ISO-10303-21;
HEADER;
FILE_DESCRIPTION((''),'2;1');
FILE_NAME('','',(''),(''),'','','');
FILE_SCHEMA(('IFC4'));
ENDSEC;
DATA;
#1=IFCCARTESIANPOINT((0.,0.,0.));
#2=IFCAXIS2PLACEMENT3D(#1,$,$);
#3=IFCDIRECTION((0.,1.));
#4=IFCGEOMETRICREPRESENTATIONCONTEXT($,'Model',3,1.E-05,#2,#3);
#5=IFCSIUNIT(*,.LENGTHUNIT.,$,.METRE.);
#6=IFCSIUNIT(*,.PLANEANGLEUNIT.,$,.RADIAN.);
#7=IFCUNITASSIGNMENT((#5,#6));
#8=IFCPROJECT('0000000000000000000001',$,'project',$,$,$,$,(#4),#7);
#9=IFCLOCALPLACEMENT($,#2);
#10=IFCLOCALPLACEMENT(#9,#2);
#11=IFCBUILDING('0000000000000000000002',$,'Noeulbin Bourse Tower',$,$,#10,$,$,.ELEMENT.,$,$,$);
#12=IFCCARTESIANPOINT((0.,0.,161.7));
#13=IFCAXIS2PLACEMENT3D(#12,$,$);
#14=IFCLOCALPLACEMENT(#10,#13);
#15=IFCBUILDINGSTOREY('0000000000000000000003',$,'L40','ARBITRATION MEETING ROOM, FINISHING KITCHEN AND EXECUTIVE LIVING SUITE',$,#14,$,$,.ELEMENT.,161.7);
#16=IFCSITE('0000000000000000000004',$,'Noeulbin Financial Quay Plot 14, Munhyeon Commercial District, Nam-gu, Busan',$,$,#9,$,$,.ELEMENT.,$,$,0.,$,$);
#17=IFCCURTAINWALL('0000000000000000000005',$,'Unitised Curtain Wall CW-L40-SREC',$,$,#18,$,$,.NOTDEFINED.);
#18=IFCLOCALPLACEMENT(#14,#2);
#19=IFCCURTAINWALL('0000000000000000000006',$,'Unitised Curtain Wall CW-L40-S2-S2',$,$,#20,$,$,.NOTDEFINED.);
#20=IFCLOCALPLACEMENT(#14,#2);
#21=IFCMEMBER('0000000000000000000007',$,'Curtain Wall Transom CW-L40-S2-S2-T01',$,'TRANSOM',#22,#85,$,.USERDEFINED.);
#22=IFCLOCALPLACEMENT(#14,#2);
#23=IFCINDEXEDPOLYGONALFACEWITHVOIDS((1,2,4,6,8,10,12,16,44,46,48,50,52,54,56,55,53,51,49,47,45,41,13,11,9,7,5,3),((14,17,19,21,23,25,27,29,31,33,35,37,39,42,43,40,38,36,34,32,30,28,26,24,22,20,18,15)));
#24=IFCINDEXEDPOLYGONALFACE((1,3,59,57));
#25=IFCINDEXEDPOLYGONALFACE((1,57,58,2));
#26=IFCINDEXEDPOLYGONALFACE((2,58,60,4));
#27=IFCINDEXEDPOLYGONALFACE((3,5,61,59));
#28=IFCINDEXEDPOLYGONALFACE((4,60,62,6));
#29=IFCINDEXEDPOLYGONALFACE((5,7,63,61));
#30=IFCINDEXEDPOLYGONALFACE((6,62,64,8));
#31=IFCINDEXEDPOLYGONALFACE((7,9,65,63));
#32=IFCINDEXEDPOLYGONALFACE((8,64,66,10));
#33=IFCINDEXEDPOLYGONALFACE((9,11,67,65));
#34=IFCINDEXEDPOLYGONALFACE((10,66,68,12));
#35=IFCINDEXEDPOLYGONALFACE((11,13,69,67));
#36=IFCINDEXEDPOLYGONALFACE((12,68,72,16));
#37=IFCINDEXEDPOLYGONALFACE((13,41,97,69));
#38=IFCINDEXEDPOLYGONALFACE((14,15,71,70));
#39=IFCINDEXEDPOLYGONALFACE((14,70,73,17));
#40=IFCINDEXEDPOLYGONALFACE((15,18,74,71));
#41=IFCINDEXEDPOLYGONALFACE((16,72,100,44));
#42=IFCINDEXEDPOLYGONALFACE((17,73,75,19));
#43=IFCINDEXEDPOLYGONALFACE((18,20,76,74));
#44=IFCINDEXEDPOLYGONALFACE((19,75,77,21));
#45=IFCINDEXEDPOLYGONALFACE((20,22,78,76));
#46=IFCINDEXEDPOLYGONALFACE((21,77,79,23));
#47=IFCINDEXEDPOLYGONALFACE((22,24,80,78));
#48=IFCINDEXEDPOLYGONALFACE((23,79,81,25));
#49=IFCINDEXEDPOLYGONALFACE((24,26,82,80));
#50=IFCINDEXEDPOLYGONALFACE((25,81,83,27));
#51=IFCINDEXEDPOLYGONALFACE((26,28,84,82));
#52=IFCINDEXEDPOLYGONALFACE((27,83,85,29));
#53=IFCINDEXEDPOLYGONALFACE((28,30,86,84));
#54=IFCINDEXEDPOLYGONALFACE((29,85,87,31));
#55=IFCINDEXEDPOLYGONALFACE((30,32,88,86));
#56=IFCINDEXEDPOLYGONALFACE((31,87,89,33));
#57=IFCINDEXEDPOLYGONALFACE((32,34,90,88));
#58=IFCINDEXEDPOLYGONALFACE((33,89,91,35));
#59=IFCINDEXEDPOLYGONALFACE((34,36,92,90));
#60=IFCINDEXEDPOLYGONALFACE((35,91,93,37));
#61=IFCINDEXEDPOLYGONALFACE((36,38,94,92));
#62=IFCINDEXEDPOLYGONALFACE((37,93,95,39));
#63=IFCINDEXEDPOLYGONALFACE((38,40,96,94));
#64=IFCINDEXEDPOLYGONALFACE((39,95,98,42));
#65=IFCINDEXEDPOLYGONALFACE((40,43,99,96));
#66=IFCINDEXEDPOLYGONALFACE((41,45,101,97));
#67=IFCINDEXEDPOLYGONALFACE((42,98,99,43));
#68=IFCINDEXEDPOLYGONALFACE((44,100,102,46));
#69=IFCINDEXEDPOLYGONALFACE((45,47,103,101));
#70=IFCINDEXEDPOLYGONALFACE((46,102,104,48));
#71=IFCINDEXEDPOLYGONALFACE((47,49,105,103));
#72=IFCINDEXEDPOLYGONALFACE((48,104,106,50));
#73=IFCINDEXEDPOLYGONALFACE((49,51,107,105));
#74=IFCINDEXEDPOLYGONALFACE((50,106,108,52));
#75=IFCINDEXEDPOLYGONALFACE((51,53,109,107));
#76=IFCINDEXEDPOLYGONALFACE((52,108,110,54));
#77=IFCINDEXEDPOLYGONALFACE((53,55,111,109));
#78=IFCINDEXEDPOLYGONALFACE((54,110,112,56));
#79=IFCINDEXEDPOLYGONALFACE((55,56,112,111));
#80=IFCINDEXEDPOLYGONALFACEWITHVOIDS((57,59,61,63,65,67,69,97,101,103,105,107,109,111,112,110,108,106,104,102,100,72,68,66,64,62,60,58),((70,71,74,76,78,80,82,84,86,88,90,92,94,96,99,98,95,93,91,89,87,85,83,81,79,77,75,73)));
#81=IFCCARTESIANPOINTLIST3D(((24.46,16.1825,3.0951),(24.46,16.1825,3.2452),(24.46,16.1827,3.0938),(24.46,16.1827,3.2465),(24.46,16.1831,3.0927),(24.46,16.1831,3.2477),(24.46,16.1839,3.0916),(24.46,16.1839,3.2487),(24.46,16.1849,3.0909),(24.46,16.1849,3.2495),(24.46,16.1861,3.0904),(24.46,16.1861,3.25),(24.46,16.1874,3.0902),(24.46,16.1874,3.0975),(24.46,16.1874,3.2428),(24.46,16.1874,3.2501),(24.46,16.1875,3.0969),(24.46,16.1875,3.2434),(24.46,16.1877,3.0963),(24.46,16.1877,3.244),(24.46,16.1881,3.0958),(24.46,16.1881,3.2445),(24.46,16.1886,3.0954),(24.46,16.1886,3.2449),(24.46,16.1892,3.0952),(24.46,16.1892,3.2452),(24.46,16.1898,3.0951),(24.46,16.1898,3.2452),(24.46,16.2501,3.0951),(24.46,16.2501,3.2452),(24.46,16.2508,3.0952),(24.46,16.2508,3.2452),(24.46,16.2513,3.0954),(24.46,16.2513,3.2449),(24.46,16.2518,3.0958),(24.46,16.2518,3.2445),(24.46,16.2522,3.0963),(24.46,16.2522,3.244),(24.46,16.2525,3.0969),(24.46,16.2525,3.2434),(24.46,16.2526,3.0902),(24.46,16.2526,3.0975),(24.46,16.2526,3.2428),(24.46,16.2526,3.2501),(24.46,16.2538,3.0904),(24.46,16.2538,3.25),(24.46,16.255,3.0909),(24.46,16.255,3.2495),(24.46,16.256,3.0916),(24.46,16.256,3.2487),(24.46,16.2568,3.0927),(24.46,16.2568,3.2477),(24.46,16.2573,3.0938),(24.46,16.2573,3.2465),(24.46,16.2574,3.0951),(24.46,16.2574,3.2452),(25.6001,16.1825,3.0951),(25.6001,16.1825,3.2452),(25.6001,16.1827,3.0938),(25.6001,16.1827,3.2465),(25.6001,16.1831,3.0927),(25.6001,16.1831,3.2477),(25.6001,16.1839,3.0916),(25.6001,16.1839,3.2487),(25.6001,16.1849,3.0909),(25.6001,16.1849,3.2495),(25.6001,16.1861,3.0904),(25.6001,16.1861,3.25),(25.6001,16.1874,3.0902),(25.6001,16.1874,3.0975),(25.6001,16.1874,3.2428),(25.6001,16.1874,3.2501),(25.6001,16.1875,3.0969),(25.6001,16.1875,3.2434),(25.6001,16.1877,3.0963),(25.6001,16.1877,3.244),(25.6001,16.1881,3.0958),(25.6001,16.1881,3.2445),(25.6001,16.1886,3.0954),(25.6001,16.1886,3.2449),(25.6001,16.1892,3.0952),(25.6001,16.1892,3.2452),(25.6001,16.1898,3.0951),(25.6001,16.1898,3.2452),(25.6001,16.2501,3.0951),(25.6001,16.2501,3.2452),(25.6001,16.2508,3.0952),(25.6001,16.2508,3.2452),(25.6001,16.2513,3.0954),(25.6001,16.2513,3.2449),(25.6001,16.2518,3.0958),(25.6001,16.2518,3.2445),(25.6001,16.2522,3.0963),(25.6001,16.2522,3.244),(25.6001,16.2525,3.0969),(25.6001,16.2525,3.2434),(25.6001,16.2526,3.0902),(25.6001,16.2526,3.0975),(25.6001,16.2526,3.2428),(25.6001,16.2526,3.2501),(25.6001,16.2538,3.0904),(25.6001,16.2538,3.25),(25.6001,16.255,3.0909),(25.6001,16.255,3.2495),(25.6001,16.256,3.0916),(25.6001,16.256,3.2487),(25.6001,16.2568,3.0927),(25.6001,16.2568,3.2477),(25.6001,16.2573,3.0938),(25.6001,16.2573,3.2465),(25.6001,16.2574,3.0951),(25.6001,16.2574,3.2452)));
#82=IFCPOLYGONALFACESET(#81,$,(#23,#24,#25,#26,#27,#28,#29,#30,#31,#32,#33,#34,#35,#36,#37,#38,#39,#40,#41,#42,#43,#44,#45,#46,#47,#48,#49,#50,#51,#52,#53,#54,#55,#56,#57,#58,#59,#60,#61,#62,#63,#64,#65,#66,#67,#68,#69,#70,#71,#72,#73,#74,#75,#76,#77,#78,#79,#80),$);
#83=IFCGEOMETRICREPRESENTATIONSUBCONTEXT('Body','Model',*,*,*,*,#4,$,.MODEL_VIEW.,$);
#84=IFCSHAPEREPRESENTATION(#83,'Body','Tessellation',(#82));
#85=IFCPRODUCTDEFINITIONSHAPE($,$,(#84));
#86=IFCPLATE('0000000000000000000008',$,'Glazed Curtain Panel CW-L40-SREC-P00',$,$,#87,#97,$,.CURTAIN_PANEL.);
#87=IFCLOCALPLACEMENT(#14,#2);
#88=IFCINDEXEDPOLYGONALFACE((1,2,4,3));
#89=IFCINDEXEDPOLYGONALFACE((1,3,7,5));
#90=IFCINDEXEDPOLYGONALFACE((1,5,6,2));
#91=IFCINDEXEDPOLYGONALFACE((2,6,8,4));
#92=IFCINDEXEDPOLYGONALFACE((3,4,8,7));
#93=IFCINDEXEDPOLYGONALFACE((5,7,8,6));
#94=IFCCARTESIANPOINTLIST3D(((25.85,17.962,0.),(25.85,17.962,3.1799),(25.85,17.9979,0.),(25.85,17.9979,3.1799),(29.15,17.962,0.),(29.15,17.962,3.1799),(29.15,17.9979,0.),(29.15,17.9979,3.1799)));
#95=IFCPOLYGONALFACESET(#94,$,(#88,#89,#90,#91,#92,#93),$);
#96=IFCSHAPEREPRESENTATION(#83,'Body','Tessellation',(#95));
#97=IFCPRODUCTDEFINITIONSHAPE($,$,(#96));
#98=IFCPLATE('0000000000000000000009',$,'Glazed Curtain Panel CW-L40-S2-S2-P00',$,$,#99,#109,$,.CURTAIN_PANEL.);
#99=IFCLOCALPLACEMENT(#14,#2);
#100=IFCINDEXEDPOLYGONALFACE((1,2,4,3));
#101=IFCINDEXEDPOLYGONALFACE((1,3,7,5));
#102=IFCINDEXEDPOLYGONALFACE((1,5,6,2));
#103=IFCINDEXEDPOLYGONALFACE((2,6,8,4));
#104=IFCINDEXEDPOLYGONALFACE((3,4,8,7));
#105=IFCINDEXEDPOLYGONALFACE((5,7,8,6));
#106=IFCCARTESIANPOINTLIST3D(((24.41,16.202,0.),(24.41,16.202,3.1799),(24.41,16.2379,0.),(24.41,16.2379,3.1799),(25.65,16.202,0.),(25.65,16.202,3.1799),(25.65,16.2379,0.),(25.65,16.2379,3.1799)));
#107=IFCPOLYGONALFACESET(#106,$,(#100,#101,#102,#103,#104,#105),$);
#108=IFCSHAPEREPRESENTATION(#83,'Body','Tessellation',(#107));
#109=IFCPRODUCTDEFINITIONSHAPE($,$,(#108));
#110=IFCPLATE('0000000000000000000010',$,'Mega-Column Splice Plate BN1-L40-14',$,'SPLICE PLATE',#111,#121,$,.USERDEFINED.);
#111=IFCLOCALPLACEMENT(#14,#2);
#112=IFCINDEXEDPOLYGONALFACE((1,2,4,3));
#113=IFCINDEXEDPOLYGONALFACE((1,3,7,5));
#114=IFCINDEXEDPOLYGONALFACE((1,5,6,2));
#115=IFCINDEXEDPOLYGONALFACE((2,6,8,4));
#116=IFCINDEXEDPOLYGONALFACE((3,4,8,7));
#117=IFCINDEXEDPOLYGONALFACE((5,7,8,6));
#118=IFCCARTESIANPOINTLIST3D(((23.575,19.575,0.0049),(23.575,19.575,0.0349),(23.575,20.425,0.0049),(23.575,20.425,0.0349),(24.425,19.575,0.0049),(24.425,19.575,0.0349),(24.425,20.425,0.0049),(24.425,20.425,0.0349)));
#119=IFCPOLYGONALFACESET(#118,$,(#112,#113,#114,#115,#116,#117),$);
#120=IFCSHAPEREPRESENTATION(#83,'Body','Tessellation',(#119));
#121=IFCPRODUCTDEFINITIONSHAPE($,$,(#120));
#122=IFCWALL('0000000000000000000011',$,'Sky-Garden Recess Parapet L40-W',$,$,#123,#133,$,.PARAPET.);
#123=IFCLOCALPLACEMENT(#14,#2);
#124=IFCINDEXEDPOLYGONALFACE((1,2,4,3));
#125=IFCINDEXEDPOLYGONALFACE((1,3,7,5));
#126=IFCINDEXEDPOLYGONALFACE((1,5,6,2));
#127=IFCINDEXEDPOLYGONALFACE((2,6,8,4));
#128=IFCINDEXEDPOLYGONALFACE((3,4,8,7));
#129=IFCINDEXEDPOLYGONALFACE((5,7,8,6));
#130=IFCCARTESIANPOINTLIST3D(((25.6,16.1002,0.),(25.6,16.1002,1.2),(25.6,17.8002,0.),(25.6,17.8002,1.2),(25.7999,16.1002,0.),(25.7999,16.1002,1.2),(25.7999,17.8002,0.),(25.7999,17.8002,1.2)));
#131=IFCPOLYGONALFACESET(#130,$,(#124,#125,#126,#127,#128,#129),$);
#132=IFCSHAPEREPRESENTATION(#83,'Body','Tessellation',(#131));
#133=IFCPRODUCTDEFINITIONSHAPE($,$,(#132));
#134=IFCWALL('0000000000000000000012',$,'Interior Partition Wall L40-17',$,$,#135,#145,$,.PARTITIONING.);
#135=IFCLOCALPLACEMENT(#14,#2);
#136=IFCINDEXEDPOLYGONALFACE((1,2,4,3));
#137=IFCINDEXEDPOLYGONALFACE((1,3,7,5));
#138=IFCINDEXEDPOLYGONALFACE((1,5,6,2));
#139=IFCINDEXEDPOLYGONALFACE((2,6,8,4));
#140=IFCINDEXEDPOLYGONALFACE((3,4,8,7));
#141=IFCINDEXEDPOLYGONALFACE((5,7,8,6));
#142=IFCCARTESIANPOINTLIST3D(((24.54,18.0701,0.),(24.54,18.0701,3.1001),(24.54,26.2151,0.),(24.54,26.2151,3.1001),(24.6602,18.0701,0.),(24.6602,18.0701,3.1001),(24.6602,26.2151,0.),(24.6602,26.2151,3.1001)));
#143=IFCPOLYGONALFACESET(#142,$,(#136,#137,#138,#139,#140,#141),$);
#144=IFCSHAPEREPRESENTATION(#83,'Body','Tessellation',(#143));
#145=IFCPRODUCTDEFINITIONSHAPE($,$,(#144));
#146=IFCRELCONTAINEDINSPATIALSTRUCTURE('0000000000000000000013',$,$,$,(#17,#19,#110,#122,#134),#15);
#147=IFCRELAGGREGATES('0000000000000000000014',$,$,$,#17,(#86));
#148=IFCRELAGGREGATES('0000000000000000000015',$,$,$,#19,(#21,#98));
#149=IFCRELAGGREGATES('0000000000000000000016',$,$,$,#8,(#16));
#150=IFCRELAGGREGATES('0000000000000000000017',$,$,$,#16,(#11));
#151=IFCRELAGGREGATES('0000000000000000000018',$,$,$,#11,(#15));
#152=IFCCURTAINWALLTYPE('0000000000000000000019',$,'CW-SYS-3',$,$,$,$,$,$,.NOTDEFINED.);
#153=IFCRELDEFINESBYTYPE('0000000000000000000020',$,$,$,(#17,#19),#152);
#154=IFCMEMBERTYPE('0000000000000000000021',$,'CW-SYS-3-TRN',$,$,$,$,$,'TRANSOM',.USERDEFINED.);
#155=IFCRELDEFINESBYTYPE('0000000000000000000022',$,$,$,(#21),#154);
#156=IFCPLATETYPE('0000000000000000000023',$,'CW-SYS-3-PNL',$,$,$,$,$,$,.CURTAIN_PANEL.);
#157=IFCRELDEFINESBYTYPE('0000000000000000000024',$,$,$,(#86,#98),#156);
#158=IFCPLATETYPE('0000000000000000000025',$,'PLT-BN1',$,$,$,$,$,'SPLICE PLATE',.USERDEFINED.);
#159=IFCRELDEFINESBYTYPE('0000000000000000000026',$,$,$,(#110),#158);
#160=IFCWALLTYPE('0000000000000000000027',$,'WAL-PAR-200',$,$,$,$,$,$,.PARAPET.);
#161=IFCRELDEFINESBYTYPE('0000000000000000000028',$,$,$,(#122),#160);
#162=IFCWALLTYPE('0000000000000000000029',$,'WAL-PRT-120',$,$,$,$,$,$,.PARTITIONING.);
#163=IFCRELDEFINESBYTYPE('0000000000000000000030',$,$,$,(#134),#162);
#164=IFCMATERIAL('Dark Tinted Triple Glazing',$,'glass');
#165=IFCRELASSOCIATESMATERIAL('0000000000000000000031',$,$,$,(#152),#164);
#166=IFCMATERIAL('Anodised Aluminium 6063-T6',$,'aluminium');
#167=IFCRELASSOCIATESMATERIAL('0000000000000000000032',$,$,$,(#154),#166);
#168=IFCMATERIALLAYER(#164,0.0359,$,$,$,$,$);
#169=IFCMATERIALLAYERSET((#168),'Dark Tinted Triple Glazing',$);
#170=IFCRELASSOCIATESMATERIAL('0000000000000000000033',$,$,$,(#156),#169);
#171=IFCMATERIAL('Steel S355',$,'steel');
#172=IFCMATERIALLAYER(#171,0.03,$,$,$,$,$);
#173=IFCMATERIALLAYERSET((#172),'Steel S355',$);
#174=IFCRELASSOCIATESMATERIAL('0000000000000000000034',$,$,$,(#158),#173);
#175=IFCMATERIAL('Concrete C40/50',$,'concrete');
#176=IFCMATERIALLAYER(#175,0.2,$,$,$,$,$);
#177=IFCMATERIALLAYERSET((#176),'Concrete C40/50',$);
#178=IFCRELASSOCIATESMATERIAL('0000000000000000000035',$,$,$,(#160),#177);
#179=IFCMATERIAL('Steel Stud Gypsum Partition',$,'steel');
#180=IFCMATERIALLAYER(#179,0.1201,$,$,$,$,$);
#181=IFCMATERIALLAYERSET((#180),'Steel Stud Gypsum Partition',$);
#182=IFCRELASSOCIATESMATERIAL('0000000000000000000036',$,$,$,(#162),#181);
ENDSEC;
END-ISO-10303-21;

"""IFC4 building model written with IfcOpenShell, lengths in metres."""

from ifc_helpers import new_model, si_unit, direction, frame, frame_2d, origin, origin_2d, place, context, subcontext, project, spatial, rectangle, hollow_rectangle, extrude, material, layer, layer_set, material_profile, profile_set, type_object, element, aggregate, save


model = new_model("IFC4")

# Units and contexts
model_context = context("Model", 3, precision=1e-05, world=origin(), true_north=direction((0.0, 1.0)))
body_context = subcontext(model_context, "Body", "Model", "MODEL_VIEW")
ifc_project = project(units=[si_unit("LENGTHUNIT", "METRE"), si_unit("PLANEANGLEUNIT", "RADIAN")], contexts=[model_context])

# Site, building, storey
site_placement = place(None, origin())
site = spatial("IfcSite", under=ifc_project, at=site_placement, Name="Noeulbin Financial Quay Plot 14, Munhyeon Commercial District, Nam-gu, Busan", CompositionType="ELEMENT", RefElevation=0.0)
building_placement = place(site_placement, origin())
building = spatial("IfcBuilding", under=site, at=building_placement, Name="Noeulbin Bourse Tower", CompositionType="ELEMENT")
storey_placement = place(building_placement, frame((0.0, 0.0, 161.7)))
storey = spatial("IfcBuildingStorey", under=building, at=storey_placement, Name="L40", Description="ARBITRATION MEETING ROOM, FINISHING KITCHEN AND EXECUTIVE LIVING SUITE", CompositionType="ELEMENT", Elevation=161.7)

# Shared definitions
ifc_material_1 = material(Name="Steel S355", Category="steel")

# Curtain wall
ifc_material_2 = material(Name="Dark Tinted Triple Glazing", Category="glass")
curtain_wall_type = type_object("IfcCurtainWallType", Name="CW-SYS-3", PredefinedType="NOTDEFINED", material=ifc_material_2)
curtain_wall_1_placement = place(storey_placement, origin())
curtain_wall_1 = element("IfcCurtainWall", 1, at=curtain_wall_1_placement, inside=storey, type_object=curtain_wall_type, Name="Unitised Curtain Wall CW-L40-SREC", PredefinedType="NOTDEFINED")
ifc_material_3 = material(Name="Anodised Aluminium 6063-T6", Category="aluminium")

# Curtain wall
curtain_wall_2_placement = place(storey_placement, origin())
curtain_wall_2 = element("IfcCurtainWall", 2, at=curtain_wall_2_placement, inside=storey, type_object=curtain_wall_type, Name="Unitised Curtain Wall CW-L40-S2-S2", PredefinedType="NOTDEFINED")

# Member
ifc_material_profile_1 = material_profile(ifc_material_3, hollow_rectangle(XDim=0.075, YDim=0.1599, WallThickness=0.0049, InnerFilletRadius=0.0024, OuterFilletRadius=0.0049, at=origin_2d()), Name="ALU-TRAN-75x160x5", Category="LoadBearing")
ifc_profile_set_1 = profile_set([ifc_material_profile_1], Name="Anodised Aluminium 6063-T6")
member_type_1 = type_object("IfcMemberType", Name="CW-SYS-3-TRN", ElementType="TRANSOM", PredefinedType="USERDEFINED", material=ifc_profile_set_1)
member_1_placement = place(storey_placement, frame((24.46, 16.22, 3.1702), z_axis=(1.0, 0.0, 0.0), x_axis=(0.0, 1.0, 0.0)))
member_1 = element("IfcMember", 3, at=member_1_placement, type_object=member_type_1, Name="Curtain Wall Transom CW-L40-S2-S2-T01", ObjectType="TRANSOM", PredefinedType="USERDEFINED", context=body_context, shape_type="SweptSolid", body=[
    extrude(hollow_rectangle(XDim=0.075, YDim=0.1599, WallThickness=0.0049, InnerFilletRadius=0.0024, OuterFilletRadius=0.0049, at=origin_2d()), origin(), (0.0, 0.0, 1.0), 1.1401),
])

# Plates
ifc_layer_1 = layer(ifc_material_2, 0.0359)
ifc_layer_set_1 = layer_set([ifc_layer_1], Name="Dark Tinted Triple Glazing")
plate_type_1 = type_object("IfcPlateType", Name="CW-SYS-3-PNL", PredefinedType="CURTAIN_PANEL", material=ifc_layer_set_1)
plate_1_placement = place(storey_placement, frame((27.5, 17.98, 0.0), z_axis=(0.0, 0.0, 1.0), x_axis=(1.0, 0.0, 0.0)))
plate_1 = element("IfcPlate", 4, at=plate_1_placement, type_object=plate_type_1, Name="Glazed Curtain Panel CW-L40-SREC-P00", PredefinedType="CURTAIN_PANEL", context=body_context, shape_type="SweptSolid", body=[
    extrude(rectangle(XDim=3.3, YDim=0.0359, at=origin_2d()), origin(), (0.0, 0.0, 1.0), 3.1799),
])
aggregate(curtain_wall_1, [plate_1])
plate_2_placement = place(storey_placement, frame((25.03, 16.22, 0.0), z_axis=(0.0, 0.0, 1.0), x_axis=(1.0, 0.0, 0.0)))
plate_2 = element("IfcPlate", 5, at=plate_2_placement, type_object=plate_type_1, Name="Glazed Curtain Panel CW-L40-S2-S2-P00", PredefinedType="CURTAIN_PANEL", context=body_context, shape_type="SweptSolid", body=[
    extrude(rectangle(XDim=1.24, YDim=0.0359, at=origin_2d()), origin(), (0.0, 0.0, 1.0), 3.1799),
])
aggregate(curtain_wall_2, [member_1, plate_2])
ifc_layer_2 = layer(ifc_material_1, 0.03)
ifc_layer_set_2 = layer_set([ifc_layer_2], Name="Steel S355")
plate_type_2 = type_object("IfcPlateType", Name="PLT-BN1", ElementType="SPLICE PLATE", PredefinedType="USERDEFINED", material=ifc_layer_set_2)
plate_3_placement = place(storey_placement, frame((24.0, 20.0, 0.0049), z_axis=(0.0, 0.0, 1.0), x_axis=(1.0, 0.0, 0.0)))
element("IfcPlate", 6, at=plate_3_placement, inside=storey, type_object=plate_type_2, Name="Mega-Column Splice Plate BN1-L40-14", ObjectType="SPLICE PLATE", PredefinedType="USERDEFINED", context=body_context, shape_type="SweptSolid", body=[
    extrude(rectangle(XDim=0.8501, YDim=0.8501, at=origin_2d()), origin(), (0.0, 0.0, 1.0), 0.03),
])

# Walls
ifc_material_4 = material(Name="Concrete C40/50", Category="concrete")
ifc_layer_3 = layer(ifc_material_4, 0.2)
ifc_layer_set_3 = layer_set([ifc_layer_3], Name="Concrete C40/50")
wall_type_1 = type_object("IfcWallType", Name="WAL-PAR-200", PredefinedType="PARAPET", material=ifc_layer_set_3)
wall_1_placement = place(storey_placement, frame((25.7, 16.1001, 0.0), z_axis=(0.0, 0.0, 1.0), x_axis=(0.0, 1.0, 0.0)))
element("IfcWall", 7, at=wall_1_placement, inside=storey, type_object=wall_type_1, Name="Sky-Garden Recess Parapet L40-W", PredefinedType="PARAPET", context=body_context, shape_type="SweptSolid", body=[
    extrude(rectangle(XDim=1.7, YDim=0.2, at=frame_2d((0.8501, 0.0))), origin(), (0.0, 0.0, 1.0), 1.2),
])
ifc_material_5 = material(Name="Steel Stud Gypsum Partition", Category="steel")
ifc_layer_4 = layer(ifc_material_5, 0.1201)
ifc_layer_set_4 = layer_set([ifc_layer_4], Name="Steel Stud Gypsum Partition")
wall_type_2 = type_object("IfcWallType", Name="WAL-PRT-120", PredefinedType="PARTITIONING", material=ifc_layer_set_4)
wall_2_placement = place(storey_placement, frame((24.6001, 18.0701, 0.0), z_axis=(0.0, 0.0, 1.0), x_axis=(0.0, 1.0, 0.0)))
element("IfcWall", 8, at=wall_2_placement, inside=storey, type_object=wall_type_2, Name="Interior Partition Wall L40-17", PredefinedType="PARTITIONING", context=body_context, shape_type="SweptSolid", body=[
    extrude(rectangle(XDim=8.145, YDim=0.1201, at=frame_2d((4.0725, 0.0))), origin(), (0.0, 0.0, 1.0), 3.1001),
])

save(model, "model.ifc")
